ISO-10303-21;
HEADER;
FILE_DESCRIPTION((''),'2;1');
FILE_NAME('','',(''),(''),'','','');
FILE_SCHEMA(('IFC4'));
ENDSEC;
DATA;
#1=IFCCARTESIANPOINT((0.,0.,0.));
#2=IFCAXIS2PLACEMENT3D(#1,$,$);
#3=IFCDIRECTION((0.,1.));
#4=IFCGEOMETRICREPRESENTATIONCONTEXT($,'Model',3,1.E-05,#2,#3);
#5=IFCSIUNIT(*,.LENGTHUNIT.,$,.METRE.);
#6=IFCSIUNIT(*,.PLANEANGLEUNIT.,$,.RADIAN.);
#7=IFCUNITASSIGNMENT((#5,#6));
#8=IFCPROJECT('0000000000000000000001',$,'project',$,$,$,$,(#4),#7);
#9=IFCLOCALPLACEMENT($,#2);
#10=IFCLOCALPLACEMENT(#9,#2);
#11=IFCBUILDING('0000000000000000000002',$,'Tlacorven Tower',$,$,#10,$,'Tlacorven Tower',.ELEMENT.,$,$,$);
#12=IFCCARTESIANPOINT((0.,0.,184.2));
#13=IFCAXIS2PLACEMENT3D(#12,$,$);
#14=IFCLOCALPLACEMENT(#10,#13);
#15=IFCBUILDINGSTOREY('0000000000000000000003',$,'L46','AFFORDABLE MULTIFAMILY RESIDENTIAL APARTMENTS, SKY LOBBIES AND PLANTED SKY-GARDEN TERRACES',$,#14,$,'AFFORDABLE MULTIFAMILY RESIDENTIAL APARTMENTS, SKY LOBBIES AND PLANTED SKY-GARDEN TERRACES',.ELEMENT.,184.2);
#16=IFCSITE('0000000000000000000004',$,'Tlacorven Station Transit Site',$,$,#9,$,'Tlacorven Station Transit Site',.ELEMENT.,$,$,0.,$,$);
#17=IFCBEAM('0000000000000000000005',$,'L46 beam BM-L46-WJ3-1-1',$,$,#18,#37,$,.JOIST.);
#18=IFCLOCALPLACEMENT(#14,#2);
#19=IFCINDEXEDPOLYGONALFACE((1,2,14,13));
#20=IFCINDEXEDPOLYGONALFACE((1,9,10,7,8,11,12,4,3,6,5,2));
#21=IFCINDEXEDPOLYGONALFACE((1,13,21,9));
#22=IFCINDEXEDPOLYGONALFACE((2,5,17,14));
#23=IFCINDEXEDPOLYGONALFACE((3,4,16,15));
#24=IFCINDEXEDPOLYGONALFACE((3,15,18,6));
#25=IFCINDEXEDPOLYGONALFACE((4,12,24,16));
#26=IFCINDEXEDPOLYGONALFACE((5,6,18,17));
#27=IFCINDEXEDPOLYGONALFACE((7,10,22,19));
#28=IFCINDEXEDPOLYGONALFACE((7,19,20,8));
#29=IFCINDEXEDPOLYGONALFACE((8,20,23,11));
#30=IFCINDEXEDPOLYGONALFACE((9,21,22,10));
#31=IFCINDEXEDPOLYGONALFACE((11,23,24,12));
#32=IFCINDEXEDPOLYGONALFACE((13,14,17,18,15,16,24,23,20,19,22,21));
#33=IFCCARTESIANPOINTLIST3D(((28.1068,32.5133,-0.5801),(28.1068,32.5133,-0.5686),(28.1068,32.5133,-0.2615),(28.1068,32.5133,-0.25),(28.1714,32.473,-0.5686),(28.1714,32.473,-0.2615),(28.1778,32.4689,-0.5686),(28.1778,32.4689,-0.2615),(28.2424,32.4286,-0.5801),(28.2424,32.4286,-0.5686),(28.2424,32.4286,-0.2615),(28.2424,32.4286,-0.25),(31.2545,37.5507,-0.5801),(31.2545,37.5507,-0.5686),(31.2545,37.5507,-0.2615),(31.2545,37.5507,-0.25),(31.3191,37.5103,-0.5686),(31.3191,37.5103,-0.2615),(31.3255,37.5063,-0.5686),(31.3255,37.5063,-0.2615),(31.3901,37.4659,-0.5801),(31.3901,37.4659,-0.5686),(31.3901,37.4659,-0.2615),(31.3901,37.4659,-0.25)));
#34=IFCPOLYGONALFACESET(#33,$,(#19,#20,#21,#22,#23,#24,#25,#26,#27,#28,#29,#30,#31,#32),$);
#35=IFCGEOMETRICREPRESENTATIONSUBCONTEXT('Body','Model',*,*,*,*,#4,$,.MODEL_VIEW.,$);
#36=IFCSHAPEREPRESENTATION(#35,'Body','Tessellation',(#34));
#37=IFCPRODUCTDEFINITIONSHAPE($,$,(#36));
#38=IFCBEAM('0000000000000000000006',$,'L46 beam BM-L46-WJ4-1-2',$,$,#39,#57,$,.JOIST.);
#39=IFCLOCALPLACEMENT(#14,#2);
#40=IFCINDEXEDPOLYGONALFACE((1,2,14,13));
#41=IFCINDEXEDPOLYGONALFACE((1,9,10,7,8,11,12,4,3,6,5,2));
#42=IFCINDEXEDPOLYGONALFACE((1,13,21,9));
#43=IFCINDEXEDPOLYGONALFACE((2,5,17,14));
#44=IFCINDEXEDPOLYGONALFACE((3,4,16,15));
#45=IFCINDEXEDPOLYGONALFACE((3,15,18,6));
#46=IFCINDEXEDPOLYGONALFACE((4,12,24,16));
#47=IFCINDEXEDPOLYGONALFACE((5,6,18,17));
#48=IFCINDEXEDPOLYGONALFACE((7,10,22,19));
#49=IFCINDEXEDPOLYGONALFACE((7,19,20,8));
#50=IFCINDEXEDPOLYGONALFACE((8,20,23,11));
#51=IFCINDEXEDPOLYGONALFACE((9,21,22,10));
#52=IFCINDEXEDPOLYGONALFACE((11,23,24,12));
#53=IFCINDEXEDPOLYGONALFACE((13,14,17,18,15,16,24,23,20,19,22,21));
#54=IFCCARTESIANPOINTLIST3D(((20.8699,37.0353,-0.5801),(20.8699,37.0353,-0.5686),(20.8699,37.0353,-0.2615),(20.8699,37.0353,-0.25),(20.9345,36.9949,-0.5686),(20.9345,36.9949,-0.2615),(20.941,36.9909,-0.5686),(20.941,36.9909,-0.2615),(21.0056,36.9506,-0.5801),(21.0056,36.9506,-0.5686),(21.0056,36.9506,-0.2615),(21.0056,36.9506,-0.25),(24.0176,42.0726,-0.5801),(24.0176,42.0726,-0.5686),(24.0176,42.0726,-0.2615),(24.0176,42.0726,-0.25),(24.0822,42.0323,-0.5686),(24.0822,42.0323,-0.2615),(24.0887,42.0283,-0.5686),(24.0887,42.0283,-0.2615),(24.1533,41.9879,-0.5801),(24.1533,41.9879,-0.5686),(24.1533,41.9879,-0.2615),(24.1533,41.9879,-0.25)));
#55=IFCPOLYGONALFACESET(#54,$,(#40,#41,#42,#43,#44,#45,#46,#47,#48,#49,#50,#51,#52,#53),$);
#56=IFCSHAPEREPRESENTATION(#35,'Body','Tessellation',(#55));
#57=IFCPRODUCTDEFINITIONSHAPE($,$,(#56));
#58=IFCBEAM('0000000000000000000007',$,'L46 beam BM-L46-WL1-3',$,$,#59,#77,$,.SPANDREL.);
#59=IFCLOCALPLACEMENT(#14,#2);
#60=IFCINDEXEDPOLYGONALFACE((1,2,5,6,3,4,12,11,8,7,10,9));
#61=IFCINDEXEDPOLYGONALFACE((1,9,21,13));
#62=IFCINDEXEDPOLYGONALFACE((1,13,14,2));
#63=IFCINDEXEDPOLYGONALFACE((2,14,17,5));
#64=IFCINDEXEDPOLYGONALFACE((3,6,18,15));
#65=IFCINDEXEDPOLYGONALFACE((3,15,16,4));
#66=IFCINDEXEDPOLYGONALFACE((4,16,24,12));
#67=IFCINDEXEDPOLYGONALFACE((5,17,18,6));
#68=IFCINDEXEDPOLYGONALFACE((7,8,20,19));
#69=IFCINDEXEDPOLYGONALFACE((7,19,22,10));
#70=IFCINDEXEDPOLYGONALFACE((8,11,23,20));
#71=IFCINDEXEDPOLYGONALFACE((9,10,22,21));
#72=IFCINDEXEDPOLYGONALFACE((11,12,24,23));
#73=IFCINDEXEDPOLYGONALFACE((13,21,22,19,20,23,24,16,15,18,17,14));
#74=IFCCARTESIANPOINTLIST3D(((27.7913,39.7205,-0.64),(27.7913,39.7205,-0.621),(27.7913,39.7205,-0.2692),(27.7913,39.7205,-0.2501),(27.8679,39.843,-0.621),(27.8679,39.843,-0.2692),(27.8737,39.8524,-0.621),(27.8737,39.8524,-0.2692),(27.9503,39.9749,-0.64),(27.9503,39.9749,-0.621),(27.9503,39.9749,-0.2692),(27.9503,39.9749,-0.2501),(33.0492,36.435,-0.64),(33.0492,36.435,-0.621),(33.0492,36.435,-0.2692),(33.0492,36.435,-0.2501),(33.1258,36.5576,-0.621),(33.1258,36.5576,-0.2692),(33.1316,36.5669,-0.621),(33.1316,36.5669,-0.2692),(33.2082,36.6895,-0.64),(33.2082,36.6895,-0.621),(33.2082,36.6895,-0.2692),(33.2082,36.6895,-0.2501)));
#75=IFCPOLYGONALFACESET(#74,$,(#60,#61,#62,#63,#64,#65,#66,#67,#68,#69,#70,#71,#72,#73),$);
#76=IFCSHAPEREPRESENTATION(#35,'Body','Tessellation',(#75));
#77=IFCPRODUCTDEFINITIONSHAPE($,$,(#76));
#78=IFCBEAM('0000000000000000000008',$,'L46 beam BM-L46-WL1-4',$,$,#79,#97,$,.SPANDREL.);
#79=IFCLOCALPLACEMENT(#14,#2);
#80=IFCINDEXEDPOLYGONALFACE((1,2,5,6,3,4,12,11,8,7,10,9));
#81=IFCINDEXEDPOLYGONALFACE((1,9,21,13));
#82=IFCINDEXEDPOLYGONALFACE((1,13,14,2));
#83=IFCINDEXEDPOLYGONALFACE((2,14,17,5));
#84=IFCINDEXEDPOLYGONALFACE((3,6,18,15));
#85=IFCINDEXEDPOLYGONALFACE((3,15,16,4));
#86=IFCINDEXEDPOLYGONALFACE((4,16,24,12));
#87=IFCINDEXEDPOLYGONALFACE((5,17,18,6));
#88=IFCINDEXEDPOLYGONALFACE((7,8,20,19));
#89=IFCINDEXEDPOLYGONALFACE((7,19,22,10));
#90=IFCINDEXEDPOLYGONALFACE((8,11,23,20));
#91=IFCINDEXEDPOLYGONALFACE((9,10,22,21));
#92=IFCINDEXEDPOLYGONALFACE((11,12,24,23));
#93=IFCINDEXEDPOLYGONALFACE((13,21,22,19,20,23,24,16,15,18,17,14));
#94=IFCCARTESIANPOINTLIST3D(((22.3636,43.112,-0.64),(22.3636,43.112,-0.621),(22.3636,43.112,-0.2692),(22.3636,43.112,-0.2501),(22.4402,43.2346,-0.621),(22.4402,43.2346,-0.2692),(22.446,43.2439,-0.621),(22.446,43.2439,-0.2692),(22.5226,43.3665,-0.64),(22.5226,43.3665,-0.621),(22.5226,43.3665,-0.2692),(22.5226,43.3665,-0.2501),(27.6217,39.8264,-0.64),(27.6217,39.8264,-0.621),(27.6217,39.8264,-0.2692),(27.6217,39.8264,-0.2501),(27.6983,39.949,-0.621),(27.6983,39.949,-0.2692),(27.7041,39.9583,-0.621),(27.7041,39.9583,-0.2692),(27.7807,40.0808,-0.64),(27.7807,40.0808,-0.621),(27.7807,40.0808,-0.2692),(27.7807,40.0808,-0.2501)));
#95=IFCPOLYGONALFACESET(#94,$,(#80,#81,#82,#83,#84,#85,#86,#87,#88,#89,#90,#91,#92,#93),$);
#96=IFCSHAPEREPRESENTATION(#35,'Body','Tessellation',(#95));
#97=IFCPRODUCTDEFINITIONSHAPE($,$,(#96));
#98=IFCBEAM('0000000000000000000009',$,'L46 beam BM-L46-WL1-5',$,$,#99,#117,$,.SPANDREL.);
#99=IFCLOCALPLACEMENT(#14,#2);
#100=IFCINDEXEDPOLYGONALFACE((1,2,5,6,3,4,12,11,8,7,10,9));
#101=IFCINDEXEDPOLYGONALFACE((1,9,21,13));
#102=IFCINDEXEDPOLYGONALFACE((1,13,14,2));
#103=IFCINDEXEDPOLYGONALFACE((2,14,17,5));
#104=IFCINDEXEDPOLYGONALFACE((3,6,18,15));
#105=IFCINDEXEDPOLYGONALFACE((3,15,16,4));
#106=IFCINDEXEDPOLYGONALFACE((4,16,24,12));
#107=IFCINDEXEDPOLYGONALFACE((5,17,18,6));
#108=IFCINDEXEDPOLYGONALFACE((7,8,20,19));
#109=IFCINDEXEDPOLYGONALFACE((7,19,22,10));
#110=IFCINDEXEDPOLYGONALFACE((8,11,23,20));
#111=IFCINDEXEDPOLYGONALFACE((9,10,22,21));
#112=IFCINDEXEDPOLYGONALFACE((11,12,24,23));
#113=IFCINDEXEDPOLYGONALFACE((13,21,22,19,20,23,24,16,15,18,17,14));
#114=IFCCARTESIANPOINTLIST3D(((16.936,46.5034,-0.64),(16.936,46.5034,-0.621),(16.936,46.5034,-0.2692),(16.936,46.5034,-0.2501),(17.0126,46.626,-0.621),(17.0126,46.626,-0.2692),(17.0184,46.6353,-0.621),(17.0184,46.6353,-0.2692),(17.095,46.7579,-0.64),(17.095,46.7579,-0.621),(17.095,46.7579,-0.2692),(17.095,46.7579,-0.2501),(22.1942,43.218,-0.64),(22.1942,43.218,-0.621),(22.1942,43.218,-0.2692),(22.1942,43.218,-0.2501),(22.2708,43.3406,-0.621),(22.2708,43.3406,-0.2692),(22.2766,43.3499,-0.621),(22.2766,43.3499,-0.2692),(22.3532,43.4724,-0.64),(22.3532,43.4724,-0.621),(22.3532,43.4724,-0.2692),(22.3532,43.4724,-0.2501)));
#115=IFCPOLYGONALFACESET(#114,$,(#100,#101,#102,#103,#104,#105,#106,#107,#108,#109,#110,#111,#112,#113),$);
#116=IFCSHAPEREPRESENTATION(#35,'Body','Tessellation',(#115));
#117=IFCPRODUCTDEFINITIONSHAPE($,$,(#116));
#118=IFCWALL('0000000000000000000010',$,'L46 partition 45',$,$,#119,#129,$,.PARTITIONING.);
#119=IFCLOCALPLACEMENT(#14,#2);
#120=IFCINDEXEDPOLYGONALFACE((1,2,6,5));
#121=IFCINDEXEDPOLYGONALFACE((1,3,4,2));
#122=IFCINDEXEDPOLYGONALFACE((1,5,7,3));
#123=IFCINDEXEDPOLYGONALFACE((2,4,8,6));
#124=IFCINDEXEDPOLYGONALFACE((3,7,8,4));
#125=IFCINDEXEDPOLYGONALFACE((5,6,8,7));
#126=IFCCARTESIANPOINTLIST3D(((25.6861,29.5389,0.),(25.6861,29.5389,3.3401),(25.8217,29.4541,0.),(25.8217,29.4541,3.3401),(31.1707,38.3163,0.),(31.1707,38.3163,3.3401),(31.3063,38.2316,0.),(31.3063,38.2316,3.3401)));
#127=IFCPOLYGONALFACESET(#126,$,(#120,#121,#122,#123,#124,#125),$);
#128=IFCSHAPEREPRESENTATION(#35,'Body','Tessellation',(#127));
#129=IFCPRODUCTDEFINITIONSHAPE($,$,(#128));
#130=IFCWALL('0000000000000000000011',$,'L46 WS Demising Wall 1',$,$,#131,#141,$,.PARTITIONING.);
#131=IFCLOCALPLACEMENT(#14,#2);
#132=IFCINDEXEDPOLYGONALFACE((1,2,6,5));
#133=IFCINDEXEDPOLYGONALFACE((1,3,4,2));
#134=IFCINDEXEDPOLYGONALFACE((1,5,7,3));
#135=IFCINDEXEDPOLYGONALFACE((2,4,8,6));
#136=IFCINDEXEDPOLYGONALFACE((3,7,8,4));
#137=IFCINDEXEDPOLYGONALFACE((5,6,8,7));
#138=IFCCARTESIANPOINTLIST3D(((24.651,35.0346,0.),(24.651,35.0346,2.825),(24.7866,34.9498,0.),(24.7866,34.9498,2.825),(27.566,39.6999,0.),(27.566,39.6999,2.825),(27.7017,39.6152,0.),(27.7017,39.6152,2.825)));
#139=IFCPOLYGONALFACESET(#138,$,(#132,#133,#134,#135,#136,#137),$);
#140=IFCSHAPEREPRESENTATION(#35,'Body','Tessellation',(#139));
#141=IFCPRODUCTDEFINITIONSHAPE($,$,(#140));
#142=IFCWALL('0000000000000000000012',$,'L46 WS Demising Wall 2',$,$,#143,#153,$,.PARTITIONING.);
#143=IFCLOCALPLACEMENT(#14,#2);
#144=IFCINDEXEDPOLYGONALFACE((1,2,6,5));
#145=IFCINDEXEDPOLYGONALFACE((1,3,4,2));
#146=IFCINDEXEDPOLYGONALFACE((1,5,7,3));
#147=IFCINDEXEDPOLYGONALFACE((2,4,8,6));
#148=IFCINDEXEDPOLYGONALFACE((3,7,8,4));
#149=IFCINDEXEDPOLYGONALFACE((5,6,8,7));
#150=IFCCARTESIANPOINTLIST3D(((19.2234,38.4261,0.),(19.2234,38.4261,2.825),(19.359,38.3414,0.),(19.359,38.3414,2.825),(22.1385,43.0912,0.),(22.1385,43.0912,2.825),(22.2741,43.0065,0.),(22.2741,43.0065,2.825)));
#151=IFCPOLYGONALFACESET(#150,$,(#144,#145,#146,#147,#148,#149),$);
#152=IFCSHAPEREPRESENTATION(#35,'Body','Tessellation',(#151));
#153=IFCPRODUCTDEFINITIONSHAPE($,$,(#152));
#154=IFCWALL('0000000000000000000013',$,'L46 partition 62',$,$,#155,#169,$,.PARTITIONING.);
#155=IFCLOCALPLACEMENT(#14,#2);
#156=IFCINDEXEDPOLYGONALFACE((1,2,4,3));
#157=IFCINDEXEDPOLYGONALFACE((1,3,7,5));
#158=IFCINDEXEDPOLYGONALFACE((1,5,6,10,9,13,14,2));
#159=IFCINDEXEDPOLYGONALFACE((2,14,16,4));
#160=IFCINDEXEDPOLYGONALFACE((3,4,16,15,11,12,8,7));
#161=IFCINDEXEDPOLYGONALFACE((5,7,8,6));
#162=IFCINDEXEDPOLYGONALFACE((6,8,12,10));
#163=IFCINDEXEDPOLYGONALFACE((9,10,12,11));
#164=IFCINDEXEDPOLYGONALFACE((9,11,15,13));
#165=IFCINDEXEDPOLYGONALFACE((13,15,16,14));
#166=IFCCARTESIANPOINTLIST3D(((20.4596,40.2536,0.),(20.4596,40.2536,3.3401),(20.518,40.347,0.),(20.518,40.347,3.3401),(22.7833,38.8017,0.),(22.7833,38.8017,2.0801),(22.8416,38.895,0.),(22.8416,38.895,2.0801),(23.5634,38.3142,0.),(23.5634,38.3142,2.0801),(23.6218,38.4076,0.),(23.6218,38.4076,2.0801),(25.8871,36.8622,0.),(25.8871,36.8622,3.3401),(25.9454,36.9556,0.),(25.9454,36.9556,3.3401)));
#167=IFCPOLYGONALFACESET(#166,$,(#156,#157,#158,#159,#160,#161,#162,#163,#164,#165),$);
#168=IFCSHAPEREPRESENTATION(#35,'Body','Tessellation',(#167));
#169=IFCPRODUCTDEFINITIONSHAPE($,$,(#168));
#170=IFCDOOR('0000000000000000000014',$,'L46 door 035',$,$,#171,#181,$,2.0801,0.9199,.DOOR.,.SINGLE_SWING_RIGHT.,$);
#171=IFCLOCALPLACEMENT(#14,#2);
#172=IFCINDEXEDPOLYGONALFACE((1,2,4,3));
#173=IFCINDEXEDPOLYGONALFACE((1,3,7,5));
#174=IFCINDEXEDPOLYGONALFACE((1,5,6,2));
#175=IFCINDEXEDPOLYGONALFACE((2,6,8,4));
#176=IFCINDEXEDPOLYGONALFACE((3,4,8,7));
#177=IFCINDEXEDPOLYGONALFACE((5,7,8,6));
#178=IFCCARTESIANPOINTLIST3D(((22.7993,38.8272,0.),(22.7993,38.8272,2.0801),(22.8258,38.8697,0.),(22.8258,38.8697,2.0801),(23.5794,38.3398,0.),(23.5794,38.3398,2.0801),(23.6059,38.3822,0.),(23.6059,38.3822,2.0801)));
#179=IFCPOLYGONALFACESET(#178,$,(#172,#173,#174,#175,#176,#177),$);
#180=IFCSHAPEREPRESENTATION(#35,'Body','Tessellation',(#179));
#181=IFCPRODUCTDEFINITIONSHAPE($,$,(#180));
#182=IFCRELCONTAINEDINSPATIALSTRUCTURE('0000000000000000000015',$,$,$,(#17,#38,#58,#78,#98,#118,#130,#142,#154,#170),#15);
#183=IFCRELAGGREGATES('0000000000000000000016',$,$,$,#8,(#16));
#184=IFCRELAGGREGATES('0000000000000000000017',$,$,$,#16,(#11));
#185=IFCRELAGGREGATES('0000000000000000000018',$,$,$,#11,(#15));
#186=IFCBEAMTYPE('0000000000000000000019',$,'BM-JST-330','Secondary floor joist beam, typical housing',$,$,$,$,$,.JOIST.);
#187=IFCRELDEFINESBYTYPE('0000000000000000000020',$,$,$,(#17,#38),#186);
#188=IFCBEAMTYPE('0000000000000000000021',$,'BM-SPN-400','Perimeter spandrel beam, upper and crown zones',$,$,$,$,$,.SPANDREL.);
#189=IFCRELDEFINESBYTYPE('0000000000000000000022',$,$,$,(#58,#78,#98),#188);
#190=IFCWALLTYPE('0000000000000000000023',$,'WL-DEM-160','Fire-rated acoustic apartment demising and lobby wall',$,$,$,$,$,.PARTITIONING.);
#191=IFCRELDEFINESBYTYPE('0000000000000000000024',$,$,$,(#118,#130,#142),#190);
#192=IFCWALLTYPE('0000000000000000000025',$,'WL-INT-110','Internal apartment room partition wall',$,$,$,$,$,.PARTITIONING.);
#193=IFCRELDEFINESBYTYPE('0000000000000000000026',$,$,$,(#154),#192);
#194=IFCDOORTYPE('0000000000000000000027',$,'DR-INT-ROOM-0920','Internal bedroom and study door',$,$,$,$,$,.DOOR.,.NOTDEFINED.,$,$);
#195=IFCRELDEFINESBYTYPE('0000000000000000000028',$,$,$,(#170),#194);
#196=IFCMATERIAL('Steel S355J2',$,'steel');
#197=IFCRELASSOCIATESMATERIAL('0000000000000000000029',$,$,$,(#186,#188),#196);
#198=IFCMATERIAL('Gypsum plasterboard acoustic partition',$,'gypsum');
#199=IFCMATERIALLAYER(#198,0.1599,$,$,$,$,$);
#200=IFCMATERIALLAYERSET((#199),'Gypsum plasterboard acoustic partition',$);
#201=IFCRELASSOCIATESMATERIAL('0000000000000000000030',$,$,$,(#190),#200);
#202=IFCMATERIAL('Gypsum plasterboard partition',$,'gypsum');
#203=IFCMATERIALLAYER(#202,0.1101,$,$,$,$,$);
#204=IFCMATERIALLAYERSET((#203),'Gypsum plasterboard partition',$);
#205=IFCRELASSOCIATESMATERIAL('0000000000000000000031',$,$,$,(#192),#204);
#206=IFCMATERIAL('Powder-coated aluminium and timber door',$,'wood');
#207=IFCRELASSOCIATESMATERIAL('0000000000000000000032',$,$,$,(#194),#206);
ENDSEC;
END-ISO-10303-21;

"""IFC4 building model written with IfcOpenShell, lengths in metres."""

from ifc_helpers import new_model, si_unit, direction, frame, frame_2d, origin, origin_2d, place, context, subcontext, project, spatial, rectangle, i_section, extrude, source, transform, mapped, material, layer, layer_set, material_profile, profile_set, type_object, element, fill, save


model = new_model("IFC4")

# Units and contexts
model_context = context("Model", 3, precision=1e-05, world=origin(), true_north=direction((0.0, 1.0)))
body_context = subcontext(model_context, "Body", "Model", "MODEL_VIEW")
ifc_project = project(units=[si_unit("LENGTHUNIT", "METRE"), si_unit("PLANEANGLEUNIT", "RADIAN")], contexts=[model_context])

# Site, building, storey
site_placement = place(None, origin())
site = spatial("IfcSite", under=ifc_project, at=site_placement, Name="Tlacorven Station Transit Site", LongName="Tlacorven Station Transit Site", CompositionType="ELEMENT", RefElevation=0.0)
building_placement = place(site_placement, origin())
building = spatial("IfcBuilding", under=site, at=building_placement, Name="Tlacorven Tower", LongName="Tlacorven Tower", CompositionType="ELEMENT")
storey_placement = place(building_placement, frame((0.0, 0.0, 184.2)))
storey = spatial("IfcBuildingStorey", under=building, at=storey_placement, Name="L46", Description="AFFORDABLE MULTIFAMILY RESIDENTIAL APARTMENTS, SKY LOBBIES AND PLANTED SKY-GARDEN TERRACES", LongName="AFFORDABLE MULTIFAMILY RESIDENTIAL APARTMENTS, SKY LOBBIES AND PLANTED SKY-GARDEN TERRACES", CompositionType="ELEMENT", Elevation=184.2)

# Beams
ifc_material_1 = material(Name="Steel S355J2", Category="steel")
ifc_material_profile_1 = material_profile(ifc_material_1, i_section(OverallWidth=0.1599, OverallDepth=0.3301, WebThickness=0.0076, FlangeThickness=0.0115, at=origin_2d()), Name="IPE 330")
ifc_profile_set_1 = profile_set([ifc_material_profile_1], Name="Steel S355J2")
beam_type_1 = type_object("IfcBeamType", Name="BM-JST-330", Description="Secondary floor joist beam, typical housing", PredefinedType="JOIST", material=ifc_profile_set_1)
shared_shape_1 = source(origin(), body_context, "Body", "SweptSolid", [
    extrude(i_section(OverallWidth=0.1599, OverallDepth=0.3301, WebThickness=0.0076, FlangeThickness=0.0115, at=origin_2d()), origin(), (0.0, 0.0, 1.0), 5.9399),
])
for number, where, z_axis, x_axis, name in (
    (1, (31.3223, 37.5083, -0.415), (-0.529921, -0.848047, 0.0), (0.848047, -0.529921, 0.0), "L46 beam BM-L46-WJ3-1-1"),
    (2, (24.0854, 42.0303, -0.415), (-0.529921, -0.848047, 0.0), (0.848047, -0.529921, 0.0), "L46 beam BM-L46-WJ4-1-2"),
):
    element("IfcBeam", number, at=place(storey_placement, frame(where, z_axis=z_axis, x_axis=x_axis)), inside=storey, type_object=beam_type_1, Name=name, PredefinedType="JOIST", context=body_context, shape_type="MappedRepresentation", body=[
        mapped(shared_shape_1, transform((0.0, 0.0, 0.0), scale=1.0)),
    ])
ifc_material_profile_2 = material_profile(ifc_material_1, i_section(OverallWidth=0.3, OverallDepth=0.3899, WebThickness=0.011, FlangeThickness=0.019, at=origin_2d()), Name="HEA 400")
ifc_profile_set_2 = profile_set([ifc_material_profile_2], Name="Steel S355J2")
beam_type_2 = type_object("IfcBeamType", Name="BM-SPN-400", Description="Perimeter spandrel beam, upper and crown zones", PredefinedType="SPANDREL", material=ifc_profile_set_2)
shared_shape_2 = source(origin(), body_context, "Body", "SweptSolid", [
    extrude(i_section(OverallWidth=0.3, OverallDepth=0.3899, WebThickness=0.011, FlangeThickness=0.019, at=origin_2d()), origin(), (0.0, 0.0, 1.0), 6.2),
])
beam_1_placement = place(storey_placement, frame((33.1287, 36.5623, -0.4451), z_axis=(-0.848051, 0.529914, 0.0), x_axis=(-0.529914, -0.848051, 0.0)))
element("IfcBeam", 3, at=beam_1_placement, inside=storey, type_object=beam_type_2, Name="L46 beam BM-L46-WL1-3", PredefinedType="SPANDREL", context=body_context, shape_type="MappedRepresentation", body=[
    mapped(shared_shape_2, transform((0.0, 0.0, 0.0), scale=1.0)),
])
shared_shape_3 = source(origin(), body_context, "Body", "SweptSolid", [
    extrude(i_section(OverallWidth=0.3, OverallDepth=0.3899, WebThickness=0.011, FlangeThickness=0.019, at=origin_2d()), origin(), (0.0, 0.0, 1.0), 6.2002),
])
for number, where, z_axis, x_axis, name in (
    (4, (27.7012, 39.9536, -0.4451), (-0.848045, 0.529925, 0.0), (-0.529925, -0.848045, 0.0), "L46 beam BM-L46-WL1-4"),
    (5, (22.2737, 43.3452, -0.4451), (-0.848062, 0.529896, 0.0), (-0.529896, -0.848062, 0.0), "L46 beam BM-L46-WL1-5"),
):
    element("IfcBeam", number, at=place(storey_placement, frame(where, z_axis=z_axis, x_axis=x_axis)), inside=storey, type_object=beam_type_2, Name=name, PredefinedType="SPANDREL", context=body_context, shape_type="MappedRepresentation", body=[
        mapped(shared_shape_3, transform((0.0, 0.0, 0.0), scale=1.0)),
    ])

# Walls
ifc_material_2 = material(Name="Gypsum plasterboard acoustic partition", Category="gypsum")
ifc_layer_1 = layer(ifc_material_2, 0.1599)
ifc_layer_set_1 = layer_set([ifc_layer_1], Name="Gypsum plasterboard acoustic partition")
wall_type_1 = type_object("IfcWallType", Name="WL-DEM-160", Description="Fire-rated acoustic apartment demising and lobby wall", PredefinedType="PARTITIONING", material=ifc_layer_set_1)
wall_1_placement = place(storey_placement, frame((31.2385, 38.2739, 0.0), z_axis=(0.0, 0.0, 1.0), x_axis=(-0.529914, -0.848051, 0.0)))
element("IfcWall", 6, at=wall_1_placement, inside=storey, type_object=wall_type_1, Name="L46 partition 45", PredefinedType="PARTITIONING", context=body_context, shape_type="SweptSolid", body=[
    extrude(rectangle(XDim=10.3501, YDim=0.1599, at=frame_2d((5.175, 0.0))), origin(), (0.0, 0.0, 1.0), 3.3401),
])
wall_2_placement = place(storey_placement, frame((27.6338, 39.6575, 0.0), z_axis=(0.0, 0.0, 1.0), x_axis=(-0.529899, -0.848061, 0.0)))
element("IfcWall", 7, at=wall_2_placement, inside=storey, type_object=wall_type_1, Name="L46 WS Demising Wall 1", PredefinedType="PARTITIONING", context=body_context, shape_type="SweptSolid", body=[
    extrude(rectangle(XDim=5.5012, YDim=0.1599, at=frame_2d((2.7505, 0.0))), origin(), (0.0, 0.0, 1.0), 2.825),
])
wall_3_placement = place(storey_placement, frame((22.2063, 43.0488, 0.0), z_axis=(0.0, 0.0, 1.0), x_axis=(-0.529919, -0.848048, 0.0)))
element("IfcWall", 8, at=wall_3_placement, inside=storey, type_object=wall_type_1, Name="L46 WS Demising Wall 2", PredefinedType="PARTITIONING", context=body_context, shape_type="SweptSolid", body=[
    extrude(rectangle(XDim=5.501, YDim=0.1599, at=frame_2d((2.7505, 0.0))), origin(), (0.0, 0.0, 1.0), 2.825),
])

# Wall, opening, door
ifc_material_3 = material(Name="Gypsum plasterboard partition", Category="gypsum")
ifc_layer_2 = layer(ifc_material_3, 0.1101)
ifc_layer_set_2 = layer_set([ifc_layer_2], Name="Gypsum plasterboard partition")
wall_type_2 = type_object("IfcWallType", Name="WL-INT-110", Description="Internal apartment room partition wall", PredefinedType="PARTITIONING", material=ifc_layer_set_2)
wall_4_placement = place(storey_placement, frame((25.9163, 36.9089, 0.0), z_axis=(0.0, 0.0, 1.0), x_axis=(-0.848056, 0.529906, 0.0)))
wall_4 = element("IfcWall", 9, at=wall_4_placement, inside=storey, type_object=wall_type_2, Name="L46 partition 62", PredefinedType="PARTITIONING", context=body_context, shape_type="SweptSolid", body=[
    extrude(rectangle(XDim=6.3999, YDim=0.1101, at=frame_2d((3.2, 0.0))), origin(), (0.0, 0.0, 1.0), 3.3401),
])
opening_1_placement = place(wall_4_placement, frame((2.74, 0.0, 0.0)))
opening_1 = element("IfcOpeningElement", 10, at=opening_1_placement, cuts=wall_4, PredefinedType="OPENING", context=body_context, shape_type="SweptSolid", body=[
    extrude(rectangle(XDim=0.9199, YDim=2.0801, at=frame_2d((0.46, 1.04))), frame((0.0, 0.0649, 0.0), z_axis=(0.0, -1.0, 0.0), x_axis=(1.0, 0.0, 0.0)), (0.0, 0.0, 1.0), 0.1301),
])
ifc_material_4 = material(Name="Powder-coated aluminium and timber door", Category="wood")
door_type_1 = type_object("IfcDoorType", Name="DR-INT-ROOM-0920", Description="Internal bedroom and study door", OperationType="NOTDEFINED", PredefinedType="DOOR", material=ifc_material_4)
shared_shape_4 = source(origin(), body_context, "Body", "SweptSolid", [
    extrude(rectangle(XDim=0.9199, YDim=2.0801, at=frame_2d((0.46, 1.04))), frame((0.0, 0.0249, 0.0), z_axis=(0.0, -1.0, 0.0), x_axis=(1.0, 0.0, 0.0)), (0.0, 0.0, 1.0), 0.05),
])
door_1_placement = place(opening_1_placement, origin())
door_1 = element("IfcDoor", 11, at=door_1_placement, inside=storey, type_object=door_type_1, Name="L46 door 035", OperationType="SINGLE_SWING_RIGHT", OverallHeight=2.0801, OverallWidth=0.9199, PredefinedType="DOOR", context=body_context, shape_type="MappedRepresentation", body=[
    mapped(shared_shape_4, transform((0.0, 0.0, 0.0), scale=1.0)),
])
fill(opening_1, door_1)

save(model, "model.ifc")
